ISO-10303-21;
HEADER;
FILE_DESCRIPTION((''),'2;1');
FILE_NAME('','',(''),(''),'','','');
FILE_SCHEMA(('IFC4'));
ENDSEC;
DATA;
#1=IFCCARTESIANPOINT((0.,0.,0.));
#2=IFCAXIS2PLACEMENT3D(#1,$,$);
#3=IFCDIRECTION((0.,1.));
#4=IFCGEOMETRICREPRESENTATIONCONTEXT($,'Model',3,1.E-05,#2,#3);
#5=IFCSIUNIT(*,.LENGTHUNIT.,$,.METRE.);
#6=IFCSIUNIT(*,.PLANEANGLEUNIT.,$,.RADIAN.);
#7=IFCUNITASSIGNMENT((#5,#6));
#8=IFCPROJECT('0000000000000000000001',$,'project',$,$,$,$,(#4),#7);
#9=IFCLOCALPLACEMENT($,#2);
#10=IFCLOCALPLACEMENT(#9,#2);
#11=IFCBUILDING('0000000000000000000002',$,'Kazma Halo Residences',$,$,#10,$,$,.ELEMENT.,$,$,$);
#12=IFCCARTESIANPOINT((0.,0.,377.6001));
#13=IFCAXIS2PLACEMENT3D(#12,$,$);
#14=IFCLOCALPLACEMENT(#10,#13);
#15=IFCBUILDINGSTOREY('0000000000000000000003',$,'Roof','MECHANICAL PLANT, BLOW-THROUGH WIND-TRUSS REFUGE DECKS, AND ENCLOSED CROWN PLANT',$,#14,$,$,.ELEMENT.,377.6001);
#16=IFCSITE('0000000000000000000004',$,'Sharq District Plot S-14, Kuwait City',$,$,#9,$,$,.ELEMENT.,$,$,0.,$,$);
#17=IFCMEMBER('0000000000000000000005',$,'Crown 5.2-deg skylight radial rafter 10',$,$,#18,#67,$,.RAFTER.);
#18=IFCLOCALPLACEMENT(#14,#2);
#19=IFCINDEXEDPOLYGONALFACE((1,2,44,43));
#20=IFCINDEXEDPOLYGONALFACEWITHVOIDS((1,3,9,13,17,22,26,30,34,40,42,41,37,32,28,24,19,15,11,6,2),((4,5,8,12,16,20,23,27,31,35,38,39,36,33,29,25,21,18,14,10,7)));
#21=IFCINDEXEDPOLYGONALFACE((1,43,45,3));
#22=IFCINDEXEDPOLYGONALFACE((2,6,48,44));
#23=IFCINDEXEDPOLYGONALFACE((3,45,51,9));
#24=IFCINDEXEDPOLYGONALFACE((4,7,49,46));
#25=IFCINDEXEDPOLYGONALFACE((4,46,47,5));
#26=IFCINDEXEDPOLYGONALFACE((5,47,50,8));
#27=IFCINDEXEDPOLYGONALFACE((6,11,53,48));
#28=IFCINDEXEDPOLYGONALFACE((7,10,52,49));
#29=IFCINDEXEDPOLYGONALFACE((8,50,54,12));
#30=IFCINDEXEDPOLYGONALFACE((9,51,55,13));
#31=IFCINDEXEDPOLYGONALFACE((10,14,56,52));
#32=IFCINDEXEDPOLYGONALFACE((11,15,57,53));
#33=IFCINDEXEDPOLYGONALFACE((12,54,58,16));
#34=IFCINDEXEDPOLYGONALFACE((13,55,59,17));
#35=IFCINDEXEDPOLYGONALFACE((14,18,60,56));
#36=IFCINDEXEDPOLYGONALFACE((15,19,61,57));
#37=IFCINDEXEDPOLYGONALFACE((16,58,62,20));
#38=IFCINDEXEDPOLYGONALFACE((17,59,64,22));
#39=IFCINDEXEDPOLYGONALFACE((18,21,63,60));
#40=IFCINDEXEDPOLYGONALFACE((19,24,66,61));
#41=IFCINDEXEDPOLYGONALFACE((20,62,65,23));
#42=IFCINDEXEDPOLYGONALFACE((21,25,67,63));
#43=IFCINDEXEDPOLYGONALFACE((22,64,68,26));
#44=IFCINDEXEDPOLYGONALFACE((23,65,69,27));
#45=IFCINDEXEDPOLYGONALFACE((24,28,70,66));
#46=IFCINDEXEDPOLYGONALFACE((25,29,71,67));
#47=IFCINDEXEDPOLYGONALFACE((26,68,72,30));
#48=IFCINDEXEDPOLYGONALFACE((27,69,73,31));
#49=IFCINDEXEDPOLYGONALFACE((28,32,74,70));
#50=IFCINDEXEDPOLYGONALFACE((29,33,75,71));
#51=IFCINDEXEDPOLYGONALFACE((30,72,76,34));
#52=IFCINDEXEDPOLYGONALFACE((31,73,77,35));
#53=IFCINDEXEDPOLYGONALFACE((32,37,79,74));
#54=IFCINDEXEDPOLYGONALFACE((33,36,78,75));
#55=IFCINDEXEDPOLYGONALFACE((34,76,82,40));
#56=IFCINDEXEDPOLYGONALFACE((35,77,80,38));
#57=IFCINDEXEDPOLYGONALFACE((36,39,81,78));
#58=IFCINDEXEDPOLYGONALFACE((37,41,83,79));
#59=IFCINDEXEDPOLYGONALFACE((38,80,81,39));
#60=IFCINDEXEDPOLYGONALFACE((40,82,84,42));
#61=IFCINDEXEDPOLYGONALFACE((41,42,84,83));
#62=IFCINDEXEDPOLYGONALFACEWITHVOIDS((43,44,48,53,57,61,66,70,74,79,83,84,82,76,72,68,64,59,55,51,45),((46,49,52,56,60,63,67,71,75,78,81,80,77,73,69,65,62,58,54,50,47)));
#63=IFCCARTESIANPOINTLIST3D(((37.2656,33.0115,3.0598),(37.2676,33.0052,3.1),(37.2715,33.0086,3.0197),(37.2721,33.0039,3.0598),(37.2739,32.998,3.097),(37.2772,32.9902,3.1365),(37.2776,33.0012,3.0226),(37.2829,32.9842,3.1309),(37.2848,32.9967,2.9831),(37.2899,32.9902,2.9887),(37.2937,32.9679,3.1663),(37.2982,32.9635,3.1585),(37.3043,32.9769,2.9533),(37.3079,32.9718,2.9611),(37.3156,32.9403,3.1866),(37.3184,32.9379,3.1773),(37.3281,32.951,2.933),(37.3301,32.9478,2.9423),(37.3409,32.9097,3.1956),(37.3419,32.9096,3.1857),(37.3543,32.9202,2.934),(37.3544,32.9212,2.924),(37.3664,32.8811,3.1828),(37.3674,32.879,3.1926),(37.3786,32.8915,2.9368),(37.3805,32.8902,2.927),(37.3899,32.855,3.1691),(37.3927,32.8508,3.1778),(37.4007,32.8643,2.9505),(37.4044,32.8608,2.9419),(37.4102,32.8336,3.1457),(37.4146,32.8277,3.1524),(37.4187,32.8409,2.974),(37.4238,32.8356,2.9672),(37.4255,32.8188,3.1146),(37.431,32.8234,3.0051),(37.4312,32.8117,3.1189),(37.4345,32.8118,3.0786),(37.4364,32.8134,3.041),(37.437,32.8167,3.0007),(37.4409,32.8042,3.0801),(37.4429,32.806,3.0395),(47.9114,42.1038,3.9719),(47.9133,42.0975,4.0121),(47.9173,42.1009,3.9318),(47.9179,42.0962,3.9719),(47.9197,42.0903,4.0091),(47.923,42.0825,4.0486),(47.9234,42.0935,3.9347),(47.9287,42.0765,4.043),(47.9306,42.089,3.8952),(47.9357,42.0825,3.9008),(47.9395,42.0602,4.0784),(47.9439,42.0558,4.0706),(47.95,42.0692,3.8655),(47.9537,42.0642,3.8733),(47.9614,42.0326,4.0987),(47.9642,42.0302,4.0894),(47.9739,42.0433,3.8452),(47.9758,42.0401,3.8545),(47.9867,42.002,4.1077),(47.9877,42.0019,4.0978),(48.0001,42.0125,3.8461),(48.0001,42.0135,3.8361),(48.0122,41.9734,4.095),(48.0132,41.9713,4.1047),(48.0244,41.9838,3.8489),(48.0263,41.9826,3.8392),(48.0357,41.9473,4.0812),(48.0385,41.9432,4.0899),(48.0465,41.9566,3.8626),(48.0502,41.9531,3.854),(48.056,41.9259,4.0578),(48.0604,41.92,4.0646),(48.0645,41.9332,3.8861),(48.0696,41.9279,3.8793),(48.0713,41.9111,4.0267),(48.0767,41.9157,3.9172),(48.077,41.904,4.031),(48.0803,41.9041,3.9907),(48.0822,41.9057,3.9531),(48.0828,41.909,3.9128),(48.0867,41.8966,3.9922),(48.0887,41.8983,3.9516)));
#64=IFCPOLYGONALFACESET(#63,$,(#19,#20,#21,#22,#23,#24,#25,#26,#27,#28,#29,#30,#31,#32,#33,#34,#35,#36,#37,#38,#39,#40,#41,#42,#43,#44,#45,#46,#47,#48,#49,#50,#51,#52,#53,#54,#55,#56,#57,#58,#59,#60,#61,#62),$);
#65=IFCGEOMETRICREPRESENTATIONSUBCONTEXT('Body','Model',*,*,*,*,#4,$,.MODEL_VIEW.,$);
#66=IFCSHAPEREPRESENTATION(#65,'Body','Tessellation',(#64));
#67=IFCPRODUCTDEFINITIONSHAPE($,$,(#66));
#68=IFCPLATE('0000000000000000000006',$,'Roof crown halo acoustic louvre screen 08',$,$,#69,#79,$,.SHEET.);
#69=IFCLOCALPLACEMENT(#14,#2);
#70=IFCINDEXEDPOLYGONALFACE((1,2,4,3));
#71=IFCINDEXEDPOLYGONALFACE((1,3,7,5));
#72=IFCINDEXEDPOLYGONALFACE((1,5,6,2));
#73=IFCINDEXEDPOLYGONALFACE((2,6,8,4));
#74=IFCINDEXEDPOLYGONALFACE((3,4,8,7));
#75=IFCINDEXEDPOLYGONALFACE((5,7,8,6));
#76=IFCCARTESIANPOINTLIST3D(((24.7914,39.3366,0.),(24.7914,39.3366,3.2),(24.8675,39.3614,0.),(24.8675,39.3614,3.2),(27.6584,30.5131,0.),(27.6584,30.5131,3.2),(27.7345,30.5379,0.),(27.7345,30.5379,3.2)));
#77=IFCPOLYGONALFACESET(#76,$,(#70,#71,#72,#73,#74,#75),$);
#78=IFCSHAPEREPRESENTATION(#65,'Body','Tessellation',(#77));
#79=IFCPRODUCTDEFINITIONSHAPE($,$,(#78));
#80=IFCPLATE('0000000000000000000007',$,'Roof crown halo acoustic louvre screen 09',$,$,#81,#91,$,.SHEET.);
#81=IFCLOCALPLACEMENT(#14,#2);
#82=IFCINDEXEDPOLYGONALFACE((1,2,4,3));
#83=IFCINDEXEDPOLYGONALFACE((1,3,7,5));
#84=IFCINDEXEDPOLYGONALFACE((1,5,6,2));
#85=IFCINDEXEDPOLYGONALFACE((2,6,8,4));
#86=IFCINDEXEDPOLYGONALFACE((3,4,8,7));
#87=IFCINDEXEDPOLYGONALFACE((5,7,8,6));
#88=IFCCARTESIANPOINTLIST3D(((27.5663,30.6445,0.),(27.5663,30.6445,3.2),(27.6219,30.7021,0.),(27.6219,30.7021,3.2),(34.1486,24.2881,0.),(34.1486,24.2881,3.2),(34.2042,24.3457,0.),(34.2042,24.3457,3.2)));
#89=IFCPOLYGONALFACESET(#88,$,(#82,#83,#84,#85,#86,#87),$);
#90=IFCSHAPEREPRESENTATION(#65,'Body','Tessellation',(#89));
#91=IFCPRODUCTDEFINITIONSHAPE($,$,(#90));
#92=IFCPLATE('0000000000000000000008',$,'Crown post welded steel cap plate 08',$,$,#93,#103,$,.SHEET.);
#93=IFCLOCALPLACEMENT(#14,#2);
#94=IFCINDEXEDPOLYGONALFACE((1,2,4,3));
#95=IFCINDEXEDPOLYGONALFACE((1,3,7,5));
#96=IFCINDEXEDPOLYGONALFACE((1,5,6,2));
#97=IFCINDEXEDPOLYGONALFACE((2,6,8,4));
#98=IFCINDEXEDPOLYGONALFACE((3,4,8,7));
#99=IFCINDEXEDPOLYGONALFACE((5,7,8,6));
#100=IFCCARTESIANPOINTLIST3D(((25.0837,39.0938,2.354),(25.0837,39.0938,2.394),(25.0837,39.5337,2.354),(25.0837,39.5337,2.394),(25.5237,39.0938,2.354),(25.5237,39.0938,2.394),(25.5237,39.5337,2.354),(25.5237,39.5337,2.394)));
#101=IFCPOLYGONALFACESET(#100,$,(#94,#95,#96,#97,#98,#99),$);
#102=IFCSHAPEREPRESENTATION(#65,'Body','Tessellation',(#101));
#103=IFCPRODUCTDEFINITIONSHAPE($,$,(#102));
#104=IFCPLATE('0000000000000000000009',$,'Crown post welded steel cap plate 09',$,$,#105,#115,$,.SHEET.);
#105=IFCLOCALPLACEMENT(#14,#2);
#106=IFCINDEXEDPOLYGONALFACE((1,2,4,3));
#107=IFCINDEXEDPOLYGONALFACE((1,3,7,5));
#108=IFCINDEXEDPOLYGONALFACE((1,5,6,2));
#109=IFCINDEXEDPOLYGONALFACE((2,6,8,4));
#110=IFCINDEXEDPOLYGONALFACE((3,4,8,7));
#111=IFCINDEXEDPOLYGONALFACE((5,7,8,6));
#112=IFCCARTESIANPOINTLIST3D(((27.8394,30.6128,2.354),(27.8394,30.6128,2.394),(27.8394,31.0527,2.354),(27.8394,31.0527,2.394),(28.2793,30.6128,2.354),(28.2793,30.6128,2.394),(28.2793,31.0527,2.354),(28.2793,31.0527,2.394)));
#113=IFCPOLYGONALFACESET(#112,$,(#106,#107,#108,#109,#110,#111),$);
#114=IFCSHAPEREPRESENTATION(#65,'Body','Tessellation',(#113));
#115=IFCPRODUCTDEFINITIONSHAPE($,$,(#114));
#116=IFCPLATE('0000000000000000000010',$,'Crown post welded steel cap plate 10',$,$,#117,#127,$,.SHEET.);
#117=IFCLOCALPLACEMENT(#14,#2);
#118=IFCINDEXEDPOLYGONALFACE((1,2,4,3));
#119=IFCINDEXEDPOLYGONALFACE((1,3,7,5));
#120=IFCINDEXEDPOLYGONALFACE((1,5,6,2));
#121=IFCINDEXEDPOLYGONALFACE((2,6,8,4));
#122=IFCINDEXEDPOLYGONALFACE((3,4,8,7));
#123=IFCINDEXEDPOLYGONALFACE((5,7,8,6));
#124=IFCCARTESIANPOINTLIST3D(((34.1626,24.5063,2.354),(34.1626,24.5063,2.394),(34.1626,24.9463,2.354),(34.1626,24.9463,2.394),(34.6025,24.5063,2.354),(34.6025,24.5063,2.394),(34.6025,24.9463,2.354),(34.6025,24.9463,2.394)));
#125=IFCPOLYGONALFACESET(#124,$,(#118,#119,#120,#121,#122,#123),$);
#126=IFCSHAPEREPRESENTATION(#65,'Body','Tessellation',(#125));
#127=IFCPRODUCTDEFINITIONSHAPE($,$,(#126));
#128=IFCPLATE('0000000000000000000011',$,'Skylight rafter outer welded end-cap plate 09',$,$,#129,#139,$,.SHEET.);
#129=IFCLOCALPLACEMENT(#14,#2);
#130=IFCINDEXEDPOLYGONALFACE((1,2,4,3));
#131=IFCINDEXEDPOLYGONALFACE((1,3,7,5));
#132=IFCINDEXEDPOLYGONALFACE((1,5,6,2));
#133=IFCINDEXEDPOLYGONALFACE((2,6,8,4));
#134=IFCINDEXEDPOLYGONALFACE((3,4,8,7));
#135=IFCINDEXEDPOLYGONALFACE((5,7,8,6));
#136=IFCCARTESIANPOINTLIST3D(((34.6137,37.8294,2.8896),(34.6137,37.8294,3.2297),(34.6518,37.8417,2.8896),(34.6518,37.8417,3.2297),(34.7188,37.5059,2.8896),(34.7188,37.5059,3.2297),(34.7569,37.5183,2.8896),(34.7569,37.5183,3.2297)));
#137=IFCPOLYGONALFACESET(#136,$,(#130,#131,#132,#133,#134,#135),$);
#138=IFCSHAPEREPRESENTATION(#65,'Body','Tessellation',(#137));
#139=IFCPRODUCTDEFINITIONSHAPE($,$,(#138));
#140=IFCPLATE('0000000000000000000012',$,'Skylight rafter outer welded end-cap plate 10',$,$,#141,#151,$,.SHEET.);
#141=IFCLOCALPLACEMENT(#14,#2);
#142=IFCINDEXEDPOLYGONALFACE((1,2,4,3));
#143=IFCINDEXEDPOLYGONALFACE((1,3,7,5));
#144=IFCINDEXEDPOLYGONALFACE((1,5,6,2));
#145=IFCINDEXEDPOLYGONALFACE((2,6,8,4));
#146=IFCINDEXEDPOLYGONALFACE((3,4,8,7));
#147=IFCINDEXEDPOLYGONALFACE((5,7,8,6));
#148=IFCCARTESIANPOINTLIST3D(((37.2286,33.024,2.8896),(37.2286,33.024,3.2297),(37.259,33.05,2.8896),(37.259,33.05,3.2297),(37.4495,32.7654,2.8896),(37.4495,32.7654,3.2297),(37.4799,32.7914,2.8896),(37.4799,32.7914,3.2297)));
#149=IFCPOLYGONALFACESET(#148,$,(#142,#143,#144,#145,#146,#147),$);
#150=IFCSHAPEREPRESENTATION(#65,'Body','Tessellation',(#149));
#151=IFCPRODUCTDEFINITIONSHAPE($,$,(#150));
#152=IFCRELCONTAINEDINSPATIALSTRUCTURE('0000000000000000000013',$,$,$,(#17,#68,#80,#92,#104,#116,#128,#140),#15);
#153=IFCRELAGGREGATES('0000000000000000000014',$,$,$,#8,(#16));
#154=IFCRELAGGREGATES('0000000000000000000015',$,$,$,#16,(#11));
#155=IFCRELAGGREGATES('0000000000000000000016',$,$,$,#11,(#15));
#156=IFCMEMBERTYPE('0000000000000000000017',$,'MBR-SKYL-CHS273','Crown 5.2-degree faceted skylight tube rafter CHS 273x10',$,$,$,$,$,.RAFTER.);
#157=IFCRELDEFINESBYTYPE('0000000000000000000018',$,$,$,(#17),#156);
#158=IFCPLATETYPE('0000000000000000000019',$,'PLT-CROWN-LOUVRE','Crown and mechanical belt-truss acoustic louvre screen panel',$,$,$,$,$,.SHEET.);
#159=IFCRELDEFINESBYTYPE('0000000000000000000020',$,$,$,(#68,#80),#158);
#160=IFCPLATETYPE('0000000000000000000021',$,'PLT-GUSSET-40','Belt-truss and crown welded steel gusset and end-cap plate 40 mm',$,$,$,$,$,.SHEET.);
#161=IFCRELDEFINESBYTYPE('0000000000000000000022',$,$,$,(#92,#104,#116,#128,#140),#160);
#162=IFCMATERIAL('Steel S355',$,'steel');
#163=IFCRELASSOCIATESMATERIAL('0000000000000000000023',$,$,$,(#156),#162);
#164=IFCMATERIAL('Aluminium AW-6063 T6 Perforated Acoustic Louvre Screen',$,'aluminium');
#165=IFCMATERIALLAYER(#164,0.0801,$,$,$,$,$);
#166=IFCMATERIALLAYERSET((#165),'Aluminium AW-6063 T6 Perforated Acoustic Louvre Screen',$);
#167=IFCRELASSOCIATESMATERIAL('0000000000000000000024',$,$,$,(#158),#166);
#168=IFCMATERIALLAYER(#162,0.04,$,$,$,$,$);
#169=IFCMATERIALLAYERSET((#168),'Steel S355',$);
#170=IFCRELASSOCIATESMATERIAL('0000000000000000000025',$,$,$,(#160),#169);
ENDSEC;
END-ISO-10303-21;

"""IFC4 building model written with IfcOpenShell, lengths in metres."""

from ifc_helpers import new_model, si_unit, direction, frame, origin, origin_2d, place, context, subcontext, project, spatial, rectangle, hollow_circle, extrude, material, layer, layer_set, material_profile, profile_set, type_object, element, save


model = new_model("IFC4")

# Units and contexts
model_context = context("Model", 3, precision=1e-05, world=origin(), true_north=direction((0.0, 1.0)))
body_context = subcontext(model_context, "Body", "Model", "MODEL_VIEW")
ifc_project = project(units=[si_unit("LENGTHUNIT", "METRE"), si_unit("PLANEANGLEUNIT", "RADIAN")], contexts=[model_context])

# Site, building, storey
site_placement = place(None, origin())
site = spatial("IfcSite", under=ifc_project, at=site_placement, Name="Sharq District Plot S-14, Kuwait City", CompositionType="ELEMENT", RefElevation=0.0)
building_placement = place(site_placement, origin())
building = spatial("IfcBuilding", under=site, at=building_placement, Name="Kazma Halo Residences", CompositionType="ELEMENT")
storey_placement = place(building_placement, frame((0.0, 0.0, 377.6001)))
storey = spatial("IfcBuildingStorey", under=building, at=storey_placement, Name="Roof", Description="MECHANICAL PLANT, BLOW-THROUGH WIND-TRUSS REFUGE DECKS, AND ENCLOSED CROWN PLANT", CompositionType="ELEMENT", Elevation=377.6001)

# Shared definitions
ifc_material_1 = material(Name="Steel S355", Category="steel")

# Member
ifc_material_profile_1 = material_profile(ifc_material_1, hollow_circle(Radius=0.1365, WallThickness=0.01, at=origin_2d()), Name="CHS273x10")
ifc_profile_set_1 = profile_set([ifc_material_profile_1], Name="Steel S355")
member_type = type_object("IfcMemberType", Name="MBR-SKYL-CHS273", Description="Crown 5.2-degree faceted skylight tube rafter CHS 273x10", PredefinedType="RAFTER", material=ifc_profile_set_1)
member_1_placement = place(storey_placement, frame((37.3542, 32.9077, 3.0598), z_axis=(0.758799, 0.648072, 0.065013), x_axis=(-0.649446, 0.760408, 0.0)))
element("IfcMember", 1, at=member_1_placement, inside=storey, type_object=member_type, Name="Crown 5.2-deg skylight radial rafter 10", PredefinedType="RAFTER", context=body_context, shape_type="SweptSolid", body=[
    extrude(hollow_circle(Radius=0.1365, WallThickness=0.01, at=origin_2d()), origin(), (0.0, 0.0, 1.0), 14.0298),
])

# Plates
ifc_material_2 = material(Name="Aluminium AW-6063 T6 Perforated Acoustic Louvre Screen", Category="aluminium")
ifc_layer_1 = layer(ifc_material_2, 0.0801)
ifc_layer_set_1 = layer_set([ifc_layer_1], Name="Aluminium AW-6063 T6 Perforated Acoustic Louvre Screen")
plate_type_1 = type_object("IfcPlateType", Name="PLT-CROWN-LOUVRE", Description="Crown and mechanical belt-truss acoustic louvre screen panel", PredefinedType="SHEET", material=ifc_layer_set_1)
plate_1_placement = place(storey_placement, frame((26.2629, 34.9373, 0.0), z_axis=(0.0, 0.0, 1.0), x_axis=(0.309023, -0.951055, 0.0)))
element("IfcPlate", 2, at=plate_1_placement, inside=storey, type_object=plate_type_1, Name="Roof crown halo acoustic louvre screen 08", PredefinedType="SHEET", context=body_context, shape_type="SweptSolid", body=[
    extrude(rectangle(XDim=9.2776, YDim=0.0801, at=origin_2d()), origin(), (0.0, 0.0, 1.0), 3.2),
])
plate_2_placement = place(storey_placement, frame((30.8853, 27.4951, 0.0), z_axis=(0.0, 0.0, 1.0), x_axis=(0.719342, -0.694656, 0.0)))
element("IfcPlate", 3, at=plate_2_placement, inside=storey, type_object=plate_type_1, Name="Roof crown halo acoustic louvre screen 09", PredefinedType="SHEET", context=body_context, shape_type="SweptSolid", body=[
    extrude(rectangle(XDim=9.1504, YDim=0.0801, at=origin_2d()), origin(), (0.0, 0.0, 1.0), 3.2),
])
ifc_layer_2 = layer(ifc_material_1, 0.04)
ifc_layer_set_2 = layer_set([ifc_layer_2], Name="Steel S355")
plate_type_2 = type_object("IfcPlateType", Name="PLT-GUSSET-40", Description="Belt-truss and crown welded steel gusset and end-cap plate 40 mm", PredefinedType="SHEET", material=ifc_layer_set_2)
for number, where, z_axis, x_axis, name in (
    (4, (25.3037, 39.3137, 2.354), (0.0, 0.0, 1.0), (1.0, 0.0, 0.0), "Crown post welded steel cap plate 08"),
    (5, (28.0593, 30.8328, 2.354), (0.0, 0.0, 1.0), (1.0, 0.0, 0.0), "Crown post welded steel cap plate 09"),
    (6, (34.3826, 24.7263, 2.354), (0.0, 0.0, 1.0), (1.0, 0.0, 0.0), "Crown post welded steel cap plate 10"),
):
    element("IfcPlate", number, at=place(storey_placement, frame(where, z_axis=z_axis, x_axis=x_axis)), inside=storey, type_object=plate_type_2, Name=name, PredefinedType="SHEET", context=body_context, shape_type="SweptSolid", body=[
        extrude(rectangle(XDim=0.4399, YDim=0.4399, at=origin_2d()), origin(), (0.0, 0.0, 1.0), 0.04),
    ])
for number, where, z_axis, x_axis, name in (
    (7, (34.6853, 37.6738, 2.8896), (0.0, 0.0, 1.0), (-0.951057, -0.309017, 0.0), "Skylight rafter outer welded end-cap plate 09"),
    (8, (37.3542, 32.9077, 2.8896), (0.0, 0.0, 1.0), (-0.760406, -0.649448, 0.0), "Skylight rafter outer welded end-cap plate 10"),
):
    element("IfcPlate", number, at=place(storey_placement, frame(where, z_axis=z_axis, x_axis=x_axis)), inside=storey, type_object=plate_type_2, Name=name, PredefinedType="SHEET", context=body_context, shape_type="SweptSolid", body=[
        extrude(rectangle(XDim=0.04, YDim=0.3401, at=origin_2d()), origin(), (0.0, 0.0, 1.0), 0.3401),
    ])

save(model, "model.ifc")
